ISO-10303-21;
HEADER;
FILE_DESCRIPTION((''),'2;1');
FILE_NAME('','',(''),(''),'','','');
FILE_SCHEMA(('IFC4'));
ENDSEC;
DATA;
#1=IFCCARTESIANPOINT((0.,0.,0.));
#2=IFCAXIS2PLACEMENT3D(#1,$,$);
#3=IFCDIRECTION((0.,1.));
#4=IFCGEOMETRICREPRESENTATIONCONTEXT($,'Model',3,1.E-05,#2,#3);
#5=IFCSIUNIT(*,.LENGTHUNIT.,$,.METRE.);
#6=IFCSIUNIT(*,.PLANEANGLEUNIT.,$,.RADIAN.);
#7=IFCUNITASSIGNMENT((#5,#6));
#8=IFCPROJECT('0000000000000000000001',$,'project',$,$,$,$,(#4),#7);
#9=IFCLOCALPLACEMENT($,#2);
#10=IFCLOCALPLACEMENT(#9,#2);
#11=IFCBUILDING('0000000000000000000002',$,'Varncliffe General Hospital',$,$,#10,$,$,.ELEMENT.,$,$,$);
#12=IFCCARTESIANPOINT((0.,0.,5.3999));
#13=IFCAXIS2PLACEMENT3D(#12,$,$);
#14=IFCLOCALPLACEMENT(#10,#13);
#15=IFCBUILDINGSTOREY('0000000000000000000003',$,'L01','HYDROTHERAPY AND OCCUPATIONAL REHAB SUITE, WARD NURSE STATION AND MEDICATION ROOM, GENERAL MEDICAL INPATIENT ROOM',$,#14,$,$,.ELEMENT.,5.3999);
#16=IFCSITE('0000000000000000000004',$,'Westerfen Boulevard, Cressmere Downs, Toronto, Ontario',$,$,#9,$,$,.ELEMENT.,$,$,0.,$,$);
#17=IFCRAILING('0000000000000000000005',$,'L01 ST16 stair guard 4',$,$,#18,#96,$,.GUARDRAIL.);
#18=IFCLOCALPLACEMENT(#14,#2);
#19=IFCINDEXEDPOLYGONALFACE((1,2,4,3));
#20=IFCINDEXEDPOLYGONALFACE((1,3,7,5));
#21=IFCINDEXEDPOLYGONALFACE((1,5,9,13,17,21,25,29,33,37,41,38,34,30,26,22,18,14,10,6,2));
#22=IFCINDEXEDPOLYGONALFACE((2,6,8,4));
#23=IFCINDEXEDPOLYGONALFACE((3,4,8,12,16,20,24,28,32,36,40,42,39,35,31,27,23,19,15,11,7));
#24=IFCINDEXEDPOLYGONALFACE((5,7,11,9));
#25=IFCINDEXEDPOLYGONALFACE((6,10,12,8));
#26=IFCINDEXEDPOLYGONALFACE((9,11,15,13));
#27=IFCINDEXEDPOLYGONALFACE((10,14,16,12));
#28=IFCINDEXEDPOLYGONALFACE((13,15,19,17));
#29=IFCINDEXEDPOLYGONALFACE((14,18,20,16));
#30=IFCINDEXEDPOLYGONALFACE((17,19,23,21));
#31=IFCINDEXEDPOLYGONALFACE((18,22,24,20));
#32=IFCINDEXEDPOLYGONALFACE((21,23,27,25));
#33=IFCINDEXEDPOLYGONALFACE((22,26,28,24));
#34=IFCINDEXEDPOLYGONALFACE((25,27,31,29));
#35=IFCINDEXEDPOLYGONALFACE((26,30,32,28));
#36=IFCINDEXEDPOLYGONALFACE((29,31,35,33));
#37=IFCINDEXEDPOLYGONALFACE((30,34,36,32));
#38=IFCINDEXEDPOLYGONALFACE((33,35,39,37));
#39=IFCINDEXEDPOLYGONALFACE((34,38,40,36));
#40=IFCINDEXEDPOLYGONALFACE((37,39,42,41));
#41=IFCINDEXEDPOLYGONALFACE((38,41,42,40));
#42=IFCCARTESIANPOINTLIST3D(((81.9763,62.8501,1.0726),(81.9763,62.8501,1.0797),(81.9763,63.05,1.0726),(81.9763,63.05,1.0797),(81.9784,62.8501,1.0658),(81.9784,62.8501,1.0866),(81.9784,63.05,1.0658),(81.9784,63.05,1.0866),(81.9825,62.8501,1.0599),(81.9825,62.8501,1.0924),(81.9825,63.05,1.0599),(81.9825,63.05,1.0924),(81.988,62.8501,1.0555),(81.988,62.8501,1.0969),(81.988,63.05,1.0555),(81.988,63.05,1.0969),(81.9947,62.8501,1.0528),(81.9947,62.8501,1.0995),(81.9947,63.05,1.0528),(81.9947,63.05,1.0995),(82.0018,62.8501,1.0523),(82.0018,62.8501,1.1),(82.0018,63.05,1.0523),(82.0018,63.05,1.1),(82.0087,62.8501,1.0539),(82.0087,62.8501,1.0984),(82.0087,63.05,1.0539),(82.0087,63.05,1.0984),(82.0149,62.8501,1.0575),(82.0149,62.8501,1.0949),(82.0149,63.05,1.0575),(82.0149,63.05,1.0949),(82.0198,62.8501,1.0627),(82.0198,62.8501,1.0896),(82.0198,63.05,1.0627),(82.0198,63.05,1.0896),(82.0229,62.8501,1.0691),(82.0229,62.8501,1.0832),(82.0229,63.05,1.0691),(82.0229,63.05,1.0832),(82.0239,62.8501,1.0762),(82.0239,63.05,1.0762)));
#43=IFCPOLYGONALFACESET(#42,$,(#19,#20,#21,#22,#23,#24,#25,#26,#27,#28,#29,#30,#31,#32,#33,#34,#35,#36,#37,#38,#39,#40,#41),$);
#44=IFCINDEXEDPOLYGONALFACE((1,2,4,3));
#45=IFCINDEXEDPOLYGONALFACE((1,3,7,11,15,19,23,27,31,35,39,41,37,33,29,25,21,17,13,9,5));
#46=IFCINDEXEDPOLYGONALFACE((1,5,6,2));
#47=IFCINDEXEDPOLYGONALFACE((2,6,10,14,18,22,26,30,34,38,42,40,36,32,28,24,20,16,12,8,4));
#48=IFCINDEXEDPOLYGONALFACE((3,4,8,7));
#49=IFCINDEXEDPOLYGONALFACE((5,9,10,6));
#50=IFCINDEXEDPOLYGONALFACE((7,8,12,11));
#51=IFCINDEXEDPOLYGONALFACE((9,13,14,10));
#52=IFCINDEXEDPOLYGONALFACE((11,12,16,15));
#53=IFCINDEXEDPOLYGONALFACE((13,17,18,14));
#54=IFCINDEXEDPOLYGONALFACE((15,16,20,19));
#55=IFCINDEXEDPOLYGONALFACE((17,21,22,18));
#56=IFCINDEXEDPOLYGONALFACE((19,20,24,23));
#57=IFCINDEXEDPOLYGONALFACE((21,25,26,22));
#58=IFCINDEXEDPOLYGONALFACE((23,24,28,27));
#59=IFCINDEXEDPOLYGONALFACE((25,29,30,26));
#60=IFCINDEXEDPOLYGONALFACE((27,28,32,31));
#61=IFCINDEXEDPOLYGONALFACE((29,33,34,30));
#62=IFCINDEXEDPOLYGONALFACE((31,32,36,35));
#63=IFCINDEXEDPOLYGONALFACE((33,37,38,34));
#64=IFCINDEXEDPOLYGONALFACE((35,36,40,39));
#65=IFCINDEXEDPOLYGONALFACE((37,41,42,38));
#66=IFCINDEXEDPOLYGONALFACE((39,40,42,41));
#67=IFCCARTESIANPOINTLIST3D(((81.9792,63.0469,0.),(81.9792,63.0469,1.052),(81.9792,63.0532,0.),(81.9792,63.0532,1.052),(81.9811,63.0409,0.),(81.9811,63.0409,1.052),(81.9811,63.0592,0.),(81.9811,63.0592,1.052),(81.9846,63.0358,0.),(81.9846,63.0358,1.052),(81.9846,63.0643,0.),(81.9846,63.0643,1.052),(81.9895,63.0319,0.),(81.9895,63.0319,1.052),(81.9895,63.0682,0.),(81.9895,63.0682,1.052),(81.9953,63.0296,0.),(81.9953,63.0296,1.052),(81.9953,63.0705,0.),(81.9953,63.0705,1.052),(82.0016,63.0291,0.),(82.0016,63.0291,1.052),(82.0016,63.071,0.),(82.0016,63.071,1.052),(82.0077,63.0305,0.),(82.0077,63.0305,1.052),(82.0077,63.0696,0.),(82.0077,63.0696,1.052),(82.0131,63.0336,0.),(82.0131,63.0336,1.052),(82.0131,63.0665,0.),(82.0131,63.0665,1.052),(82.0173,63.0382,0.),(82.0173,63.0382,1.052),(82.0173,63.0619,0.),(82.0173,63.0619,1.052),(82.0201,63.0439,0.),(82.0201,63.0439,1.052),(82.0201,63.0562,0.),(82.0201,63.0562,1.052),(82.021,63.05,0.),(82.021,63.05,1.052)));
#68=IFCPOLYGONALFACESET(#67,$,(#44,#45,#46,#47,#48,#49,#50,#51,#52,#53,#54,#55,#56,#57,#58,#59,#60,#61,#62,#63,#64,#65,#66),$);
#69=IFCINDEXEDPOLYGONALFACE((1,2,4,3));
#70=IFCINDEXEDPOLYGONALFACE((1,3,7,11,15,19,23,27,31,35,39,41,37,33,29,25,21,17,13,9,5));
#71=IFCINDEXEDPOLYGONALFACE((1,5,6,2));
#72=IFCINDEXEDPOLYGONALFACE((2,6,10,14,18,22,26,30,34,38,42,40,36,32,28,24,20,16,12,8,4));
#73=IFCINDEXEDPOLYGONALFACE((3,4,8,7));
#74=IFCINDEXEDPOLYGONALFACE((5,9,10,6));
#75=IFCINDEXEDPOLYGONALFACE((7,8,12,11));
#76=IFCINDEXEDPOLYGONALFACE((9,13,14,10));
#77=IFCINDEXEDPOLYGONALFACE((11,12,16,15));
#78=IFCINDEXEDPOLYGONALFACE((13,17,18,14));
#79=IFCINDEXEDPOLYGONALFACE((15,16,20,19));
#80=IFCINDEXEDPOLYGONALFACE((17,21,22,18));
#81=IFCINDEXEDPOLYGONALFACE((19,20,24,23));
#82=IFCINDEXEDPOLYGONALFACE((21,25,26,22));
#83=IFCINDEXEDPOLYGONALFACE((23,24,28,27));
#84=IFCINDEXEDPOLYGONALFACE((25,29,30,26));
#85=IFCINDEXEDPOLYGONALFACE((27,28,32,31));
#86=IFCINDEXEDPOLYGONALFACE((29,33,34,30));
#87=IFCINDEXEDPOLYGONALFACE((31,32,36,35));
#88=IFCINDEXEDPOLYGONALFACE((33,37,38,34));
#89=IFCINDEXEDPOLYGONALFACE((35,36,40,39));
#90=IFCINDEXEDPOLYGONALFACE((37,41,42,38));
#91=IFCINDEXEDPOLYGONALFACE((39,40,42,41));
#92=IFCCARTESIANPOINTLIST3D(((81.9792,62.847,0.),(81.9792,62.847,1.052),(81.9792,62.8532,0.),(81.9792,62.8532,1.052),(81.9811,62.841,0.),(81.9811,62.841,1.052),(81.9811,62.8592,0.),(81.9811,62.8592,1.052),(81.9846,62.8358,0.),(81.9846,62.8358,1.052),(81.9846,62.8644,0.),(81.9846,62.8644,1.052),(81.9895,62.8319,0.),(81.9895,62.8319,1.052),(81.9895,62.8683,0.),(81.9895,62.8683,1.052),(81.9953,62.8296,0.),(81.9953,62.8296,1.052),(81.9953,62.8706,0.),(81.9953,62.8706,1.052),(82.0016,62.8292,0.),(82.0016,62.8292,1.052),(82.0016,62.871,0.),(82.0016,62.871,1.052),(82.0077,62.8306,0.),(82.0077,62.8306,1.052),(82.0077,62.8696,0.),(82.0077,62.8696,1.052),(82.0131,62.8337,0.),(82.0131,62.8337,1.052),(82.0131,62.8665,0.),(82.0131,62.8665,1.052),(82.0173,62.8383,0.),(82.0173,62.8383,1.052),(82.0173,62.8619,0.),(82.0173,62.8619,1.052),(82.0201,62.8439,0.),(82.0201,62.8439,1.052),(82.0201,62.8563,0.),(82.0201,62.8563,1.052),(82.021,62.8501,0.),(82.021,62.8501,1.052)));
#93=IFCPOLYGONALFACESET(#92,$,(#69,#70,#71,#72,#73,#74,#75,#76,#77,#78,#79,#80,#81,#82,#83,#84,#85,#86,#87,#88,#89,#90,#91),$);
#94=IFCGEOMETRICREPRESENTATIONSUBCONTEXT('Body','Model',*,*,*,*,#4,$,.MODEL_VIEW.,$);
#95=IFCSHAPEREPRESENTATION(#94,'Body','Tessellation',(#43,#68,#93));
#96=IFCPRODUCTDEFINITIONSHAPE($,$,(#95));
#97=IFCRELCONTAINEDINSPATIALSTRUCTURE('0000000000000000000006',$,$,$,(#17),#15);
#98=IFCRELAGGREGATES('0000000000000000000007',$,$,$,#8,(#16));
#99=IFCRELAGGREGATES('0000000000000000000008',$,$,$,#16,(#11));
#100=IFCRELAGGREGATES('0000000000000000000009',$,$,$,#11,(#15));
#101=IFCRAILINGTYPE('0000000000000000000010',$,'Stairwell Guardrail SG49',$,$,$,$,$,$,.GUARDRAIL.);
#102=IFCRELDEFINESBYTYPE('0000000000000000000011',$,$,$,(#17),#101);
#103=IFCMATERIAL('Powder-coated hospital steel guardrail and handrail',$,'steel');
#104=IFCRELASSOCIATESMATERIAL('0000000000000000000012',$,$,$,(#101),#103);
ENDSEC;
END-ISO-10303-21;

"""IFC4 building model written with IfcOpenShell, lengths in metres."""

from ifc_helpers import new_model, si_unit, direction, frame, origin, origin_2d, place, context, subcontext, project, spatial, circle, extrude, material, type_object, element, save


model = new_model("IFC4")

# Units and contexts
model_context = context("Model", 3, precision=1e-05, world=origin(), true_north=direction((0.0, 1.0)))
body_context = subcontext(model_context, "Body", "Model", "MODEL_VIEW")
ifc_project = project(units=[si_unit("LENGTHUNIT", "METRE"), si_unit("PLANEANGLEUNIT", "RADIAN")], contexts=[model_context])

# Site, building, storey
site_placement = place(None, origin())
site = spatial("IfcSite", under=ifc_project, at=site_placement, Name="Westerfen Boulevard, Cressmere Downs, Toronto, Ontario", CompositionType="ELEMENT", RefElevation=0.0)
building_placement = place(site_placement, origin())
building = spatial("IfcBuilding", under=site, at=building_placement, Name="Varncliffe General Hospital", CompositionType="ELEMENT")
storey_placement = place(building_placement, frame((0.0, 0.0, 5.3999)))
storey = spatial("IfcBuildingStorey", under=building, at=storey_placement, Name="L01", Description="HYDROTHERAPY AND OCCUPATIONAL REHAB SUITE, WARD NURSE STATION AND MEDICATION ROOM, GENERAL MEDICAL INPATIENT ROOM", CompositionType="ELEMENT", Elevation=5.3999)

# Railing
ifc_material_1 = material(Name="Powder-coated hospital steel guardrail and handrail", Category="steel")
railing_type_1 = type_object("IfcRailingType", Name="Stairwell Guardrail SG49", PredefinedType="GUARDRAIL", material=ifc_material_1)
railing_1_placement = place(storey_placement, frame((82.0, 63.05, 0.0)))
element("IfcRailing", 1, at=railing_1_placement, inside=storey, type_object=railing_type_1, Name="L01 ST16 stair guard 4", PredefinedType="GUARDRAIL", context=body_context, shape_type="SweptSolid", body=[
    extrude(circle(Radius=0.0239, at=origin_2d()), frame((0.0, 0.0, 1.0762), z_axis=(0.0, -1.0, 0.0), x_axis=(1.0, 0.0, 0.0)), (0.0, 0.0, 1.0), 0.2),
    extrude(circle(Radius=0.021, at=origin_2d()), origin(), (0.0, 0.0, 1.0), 1.052),
    extrude(circle(Radius=0.021, at=origin_2d()), frame((0.0, -0.2, 0.0)), (0.0, 0.0, 1.0), 1.052),
])

save(model, "model.ifc")
